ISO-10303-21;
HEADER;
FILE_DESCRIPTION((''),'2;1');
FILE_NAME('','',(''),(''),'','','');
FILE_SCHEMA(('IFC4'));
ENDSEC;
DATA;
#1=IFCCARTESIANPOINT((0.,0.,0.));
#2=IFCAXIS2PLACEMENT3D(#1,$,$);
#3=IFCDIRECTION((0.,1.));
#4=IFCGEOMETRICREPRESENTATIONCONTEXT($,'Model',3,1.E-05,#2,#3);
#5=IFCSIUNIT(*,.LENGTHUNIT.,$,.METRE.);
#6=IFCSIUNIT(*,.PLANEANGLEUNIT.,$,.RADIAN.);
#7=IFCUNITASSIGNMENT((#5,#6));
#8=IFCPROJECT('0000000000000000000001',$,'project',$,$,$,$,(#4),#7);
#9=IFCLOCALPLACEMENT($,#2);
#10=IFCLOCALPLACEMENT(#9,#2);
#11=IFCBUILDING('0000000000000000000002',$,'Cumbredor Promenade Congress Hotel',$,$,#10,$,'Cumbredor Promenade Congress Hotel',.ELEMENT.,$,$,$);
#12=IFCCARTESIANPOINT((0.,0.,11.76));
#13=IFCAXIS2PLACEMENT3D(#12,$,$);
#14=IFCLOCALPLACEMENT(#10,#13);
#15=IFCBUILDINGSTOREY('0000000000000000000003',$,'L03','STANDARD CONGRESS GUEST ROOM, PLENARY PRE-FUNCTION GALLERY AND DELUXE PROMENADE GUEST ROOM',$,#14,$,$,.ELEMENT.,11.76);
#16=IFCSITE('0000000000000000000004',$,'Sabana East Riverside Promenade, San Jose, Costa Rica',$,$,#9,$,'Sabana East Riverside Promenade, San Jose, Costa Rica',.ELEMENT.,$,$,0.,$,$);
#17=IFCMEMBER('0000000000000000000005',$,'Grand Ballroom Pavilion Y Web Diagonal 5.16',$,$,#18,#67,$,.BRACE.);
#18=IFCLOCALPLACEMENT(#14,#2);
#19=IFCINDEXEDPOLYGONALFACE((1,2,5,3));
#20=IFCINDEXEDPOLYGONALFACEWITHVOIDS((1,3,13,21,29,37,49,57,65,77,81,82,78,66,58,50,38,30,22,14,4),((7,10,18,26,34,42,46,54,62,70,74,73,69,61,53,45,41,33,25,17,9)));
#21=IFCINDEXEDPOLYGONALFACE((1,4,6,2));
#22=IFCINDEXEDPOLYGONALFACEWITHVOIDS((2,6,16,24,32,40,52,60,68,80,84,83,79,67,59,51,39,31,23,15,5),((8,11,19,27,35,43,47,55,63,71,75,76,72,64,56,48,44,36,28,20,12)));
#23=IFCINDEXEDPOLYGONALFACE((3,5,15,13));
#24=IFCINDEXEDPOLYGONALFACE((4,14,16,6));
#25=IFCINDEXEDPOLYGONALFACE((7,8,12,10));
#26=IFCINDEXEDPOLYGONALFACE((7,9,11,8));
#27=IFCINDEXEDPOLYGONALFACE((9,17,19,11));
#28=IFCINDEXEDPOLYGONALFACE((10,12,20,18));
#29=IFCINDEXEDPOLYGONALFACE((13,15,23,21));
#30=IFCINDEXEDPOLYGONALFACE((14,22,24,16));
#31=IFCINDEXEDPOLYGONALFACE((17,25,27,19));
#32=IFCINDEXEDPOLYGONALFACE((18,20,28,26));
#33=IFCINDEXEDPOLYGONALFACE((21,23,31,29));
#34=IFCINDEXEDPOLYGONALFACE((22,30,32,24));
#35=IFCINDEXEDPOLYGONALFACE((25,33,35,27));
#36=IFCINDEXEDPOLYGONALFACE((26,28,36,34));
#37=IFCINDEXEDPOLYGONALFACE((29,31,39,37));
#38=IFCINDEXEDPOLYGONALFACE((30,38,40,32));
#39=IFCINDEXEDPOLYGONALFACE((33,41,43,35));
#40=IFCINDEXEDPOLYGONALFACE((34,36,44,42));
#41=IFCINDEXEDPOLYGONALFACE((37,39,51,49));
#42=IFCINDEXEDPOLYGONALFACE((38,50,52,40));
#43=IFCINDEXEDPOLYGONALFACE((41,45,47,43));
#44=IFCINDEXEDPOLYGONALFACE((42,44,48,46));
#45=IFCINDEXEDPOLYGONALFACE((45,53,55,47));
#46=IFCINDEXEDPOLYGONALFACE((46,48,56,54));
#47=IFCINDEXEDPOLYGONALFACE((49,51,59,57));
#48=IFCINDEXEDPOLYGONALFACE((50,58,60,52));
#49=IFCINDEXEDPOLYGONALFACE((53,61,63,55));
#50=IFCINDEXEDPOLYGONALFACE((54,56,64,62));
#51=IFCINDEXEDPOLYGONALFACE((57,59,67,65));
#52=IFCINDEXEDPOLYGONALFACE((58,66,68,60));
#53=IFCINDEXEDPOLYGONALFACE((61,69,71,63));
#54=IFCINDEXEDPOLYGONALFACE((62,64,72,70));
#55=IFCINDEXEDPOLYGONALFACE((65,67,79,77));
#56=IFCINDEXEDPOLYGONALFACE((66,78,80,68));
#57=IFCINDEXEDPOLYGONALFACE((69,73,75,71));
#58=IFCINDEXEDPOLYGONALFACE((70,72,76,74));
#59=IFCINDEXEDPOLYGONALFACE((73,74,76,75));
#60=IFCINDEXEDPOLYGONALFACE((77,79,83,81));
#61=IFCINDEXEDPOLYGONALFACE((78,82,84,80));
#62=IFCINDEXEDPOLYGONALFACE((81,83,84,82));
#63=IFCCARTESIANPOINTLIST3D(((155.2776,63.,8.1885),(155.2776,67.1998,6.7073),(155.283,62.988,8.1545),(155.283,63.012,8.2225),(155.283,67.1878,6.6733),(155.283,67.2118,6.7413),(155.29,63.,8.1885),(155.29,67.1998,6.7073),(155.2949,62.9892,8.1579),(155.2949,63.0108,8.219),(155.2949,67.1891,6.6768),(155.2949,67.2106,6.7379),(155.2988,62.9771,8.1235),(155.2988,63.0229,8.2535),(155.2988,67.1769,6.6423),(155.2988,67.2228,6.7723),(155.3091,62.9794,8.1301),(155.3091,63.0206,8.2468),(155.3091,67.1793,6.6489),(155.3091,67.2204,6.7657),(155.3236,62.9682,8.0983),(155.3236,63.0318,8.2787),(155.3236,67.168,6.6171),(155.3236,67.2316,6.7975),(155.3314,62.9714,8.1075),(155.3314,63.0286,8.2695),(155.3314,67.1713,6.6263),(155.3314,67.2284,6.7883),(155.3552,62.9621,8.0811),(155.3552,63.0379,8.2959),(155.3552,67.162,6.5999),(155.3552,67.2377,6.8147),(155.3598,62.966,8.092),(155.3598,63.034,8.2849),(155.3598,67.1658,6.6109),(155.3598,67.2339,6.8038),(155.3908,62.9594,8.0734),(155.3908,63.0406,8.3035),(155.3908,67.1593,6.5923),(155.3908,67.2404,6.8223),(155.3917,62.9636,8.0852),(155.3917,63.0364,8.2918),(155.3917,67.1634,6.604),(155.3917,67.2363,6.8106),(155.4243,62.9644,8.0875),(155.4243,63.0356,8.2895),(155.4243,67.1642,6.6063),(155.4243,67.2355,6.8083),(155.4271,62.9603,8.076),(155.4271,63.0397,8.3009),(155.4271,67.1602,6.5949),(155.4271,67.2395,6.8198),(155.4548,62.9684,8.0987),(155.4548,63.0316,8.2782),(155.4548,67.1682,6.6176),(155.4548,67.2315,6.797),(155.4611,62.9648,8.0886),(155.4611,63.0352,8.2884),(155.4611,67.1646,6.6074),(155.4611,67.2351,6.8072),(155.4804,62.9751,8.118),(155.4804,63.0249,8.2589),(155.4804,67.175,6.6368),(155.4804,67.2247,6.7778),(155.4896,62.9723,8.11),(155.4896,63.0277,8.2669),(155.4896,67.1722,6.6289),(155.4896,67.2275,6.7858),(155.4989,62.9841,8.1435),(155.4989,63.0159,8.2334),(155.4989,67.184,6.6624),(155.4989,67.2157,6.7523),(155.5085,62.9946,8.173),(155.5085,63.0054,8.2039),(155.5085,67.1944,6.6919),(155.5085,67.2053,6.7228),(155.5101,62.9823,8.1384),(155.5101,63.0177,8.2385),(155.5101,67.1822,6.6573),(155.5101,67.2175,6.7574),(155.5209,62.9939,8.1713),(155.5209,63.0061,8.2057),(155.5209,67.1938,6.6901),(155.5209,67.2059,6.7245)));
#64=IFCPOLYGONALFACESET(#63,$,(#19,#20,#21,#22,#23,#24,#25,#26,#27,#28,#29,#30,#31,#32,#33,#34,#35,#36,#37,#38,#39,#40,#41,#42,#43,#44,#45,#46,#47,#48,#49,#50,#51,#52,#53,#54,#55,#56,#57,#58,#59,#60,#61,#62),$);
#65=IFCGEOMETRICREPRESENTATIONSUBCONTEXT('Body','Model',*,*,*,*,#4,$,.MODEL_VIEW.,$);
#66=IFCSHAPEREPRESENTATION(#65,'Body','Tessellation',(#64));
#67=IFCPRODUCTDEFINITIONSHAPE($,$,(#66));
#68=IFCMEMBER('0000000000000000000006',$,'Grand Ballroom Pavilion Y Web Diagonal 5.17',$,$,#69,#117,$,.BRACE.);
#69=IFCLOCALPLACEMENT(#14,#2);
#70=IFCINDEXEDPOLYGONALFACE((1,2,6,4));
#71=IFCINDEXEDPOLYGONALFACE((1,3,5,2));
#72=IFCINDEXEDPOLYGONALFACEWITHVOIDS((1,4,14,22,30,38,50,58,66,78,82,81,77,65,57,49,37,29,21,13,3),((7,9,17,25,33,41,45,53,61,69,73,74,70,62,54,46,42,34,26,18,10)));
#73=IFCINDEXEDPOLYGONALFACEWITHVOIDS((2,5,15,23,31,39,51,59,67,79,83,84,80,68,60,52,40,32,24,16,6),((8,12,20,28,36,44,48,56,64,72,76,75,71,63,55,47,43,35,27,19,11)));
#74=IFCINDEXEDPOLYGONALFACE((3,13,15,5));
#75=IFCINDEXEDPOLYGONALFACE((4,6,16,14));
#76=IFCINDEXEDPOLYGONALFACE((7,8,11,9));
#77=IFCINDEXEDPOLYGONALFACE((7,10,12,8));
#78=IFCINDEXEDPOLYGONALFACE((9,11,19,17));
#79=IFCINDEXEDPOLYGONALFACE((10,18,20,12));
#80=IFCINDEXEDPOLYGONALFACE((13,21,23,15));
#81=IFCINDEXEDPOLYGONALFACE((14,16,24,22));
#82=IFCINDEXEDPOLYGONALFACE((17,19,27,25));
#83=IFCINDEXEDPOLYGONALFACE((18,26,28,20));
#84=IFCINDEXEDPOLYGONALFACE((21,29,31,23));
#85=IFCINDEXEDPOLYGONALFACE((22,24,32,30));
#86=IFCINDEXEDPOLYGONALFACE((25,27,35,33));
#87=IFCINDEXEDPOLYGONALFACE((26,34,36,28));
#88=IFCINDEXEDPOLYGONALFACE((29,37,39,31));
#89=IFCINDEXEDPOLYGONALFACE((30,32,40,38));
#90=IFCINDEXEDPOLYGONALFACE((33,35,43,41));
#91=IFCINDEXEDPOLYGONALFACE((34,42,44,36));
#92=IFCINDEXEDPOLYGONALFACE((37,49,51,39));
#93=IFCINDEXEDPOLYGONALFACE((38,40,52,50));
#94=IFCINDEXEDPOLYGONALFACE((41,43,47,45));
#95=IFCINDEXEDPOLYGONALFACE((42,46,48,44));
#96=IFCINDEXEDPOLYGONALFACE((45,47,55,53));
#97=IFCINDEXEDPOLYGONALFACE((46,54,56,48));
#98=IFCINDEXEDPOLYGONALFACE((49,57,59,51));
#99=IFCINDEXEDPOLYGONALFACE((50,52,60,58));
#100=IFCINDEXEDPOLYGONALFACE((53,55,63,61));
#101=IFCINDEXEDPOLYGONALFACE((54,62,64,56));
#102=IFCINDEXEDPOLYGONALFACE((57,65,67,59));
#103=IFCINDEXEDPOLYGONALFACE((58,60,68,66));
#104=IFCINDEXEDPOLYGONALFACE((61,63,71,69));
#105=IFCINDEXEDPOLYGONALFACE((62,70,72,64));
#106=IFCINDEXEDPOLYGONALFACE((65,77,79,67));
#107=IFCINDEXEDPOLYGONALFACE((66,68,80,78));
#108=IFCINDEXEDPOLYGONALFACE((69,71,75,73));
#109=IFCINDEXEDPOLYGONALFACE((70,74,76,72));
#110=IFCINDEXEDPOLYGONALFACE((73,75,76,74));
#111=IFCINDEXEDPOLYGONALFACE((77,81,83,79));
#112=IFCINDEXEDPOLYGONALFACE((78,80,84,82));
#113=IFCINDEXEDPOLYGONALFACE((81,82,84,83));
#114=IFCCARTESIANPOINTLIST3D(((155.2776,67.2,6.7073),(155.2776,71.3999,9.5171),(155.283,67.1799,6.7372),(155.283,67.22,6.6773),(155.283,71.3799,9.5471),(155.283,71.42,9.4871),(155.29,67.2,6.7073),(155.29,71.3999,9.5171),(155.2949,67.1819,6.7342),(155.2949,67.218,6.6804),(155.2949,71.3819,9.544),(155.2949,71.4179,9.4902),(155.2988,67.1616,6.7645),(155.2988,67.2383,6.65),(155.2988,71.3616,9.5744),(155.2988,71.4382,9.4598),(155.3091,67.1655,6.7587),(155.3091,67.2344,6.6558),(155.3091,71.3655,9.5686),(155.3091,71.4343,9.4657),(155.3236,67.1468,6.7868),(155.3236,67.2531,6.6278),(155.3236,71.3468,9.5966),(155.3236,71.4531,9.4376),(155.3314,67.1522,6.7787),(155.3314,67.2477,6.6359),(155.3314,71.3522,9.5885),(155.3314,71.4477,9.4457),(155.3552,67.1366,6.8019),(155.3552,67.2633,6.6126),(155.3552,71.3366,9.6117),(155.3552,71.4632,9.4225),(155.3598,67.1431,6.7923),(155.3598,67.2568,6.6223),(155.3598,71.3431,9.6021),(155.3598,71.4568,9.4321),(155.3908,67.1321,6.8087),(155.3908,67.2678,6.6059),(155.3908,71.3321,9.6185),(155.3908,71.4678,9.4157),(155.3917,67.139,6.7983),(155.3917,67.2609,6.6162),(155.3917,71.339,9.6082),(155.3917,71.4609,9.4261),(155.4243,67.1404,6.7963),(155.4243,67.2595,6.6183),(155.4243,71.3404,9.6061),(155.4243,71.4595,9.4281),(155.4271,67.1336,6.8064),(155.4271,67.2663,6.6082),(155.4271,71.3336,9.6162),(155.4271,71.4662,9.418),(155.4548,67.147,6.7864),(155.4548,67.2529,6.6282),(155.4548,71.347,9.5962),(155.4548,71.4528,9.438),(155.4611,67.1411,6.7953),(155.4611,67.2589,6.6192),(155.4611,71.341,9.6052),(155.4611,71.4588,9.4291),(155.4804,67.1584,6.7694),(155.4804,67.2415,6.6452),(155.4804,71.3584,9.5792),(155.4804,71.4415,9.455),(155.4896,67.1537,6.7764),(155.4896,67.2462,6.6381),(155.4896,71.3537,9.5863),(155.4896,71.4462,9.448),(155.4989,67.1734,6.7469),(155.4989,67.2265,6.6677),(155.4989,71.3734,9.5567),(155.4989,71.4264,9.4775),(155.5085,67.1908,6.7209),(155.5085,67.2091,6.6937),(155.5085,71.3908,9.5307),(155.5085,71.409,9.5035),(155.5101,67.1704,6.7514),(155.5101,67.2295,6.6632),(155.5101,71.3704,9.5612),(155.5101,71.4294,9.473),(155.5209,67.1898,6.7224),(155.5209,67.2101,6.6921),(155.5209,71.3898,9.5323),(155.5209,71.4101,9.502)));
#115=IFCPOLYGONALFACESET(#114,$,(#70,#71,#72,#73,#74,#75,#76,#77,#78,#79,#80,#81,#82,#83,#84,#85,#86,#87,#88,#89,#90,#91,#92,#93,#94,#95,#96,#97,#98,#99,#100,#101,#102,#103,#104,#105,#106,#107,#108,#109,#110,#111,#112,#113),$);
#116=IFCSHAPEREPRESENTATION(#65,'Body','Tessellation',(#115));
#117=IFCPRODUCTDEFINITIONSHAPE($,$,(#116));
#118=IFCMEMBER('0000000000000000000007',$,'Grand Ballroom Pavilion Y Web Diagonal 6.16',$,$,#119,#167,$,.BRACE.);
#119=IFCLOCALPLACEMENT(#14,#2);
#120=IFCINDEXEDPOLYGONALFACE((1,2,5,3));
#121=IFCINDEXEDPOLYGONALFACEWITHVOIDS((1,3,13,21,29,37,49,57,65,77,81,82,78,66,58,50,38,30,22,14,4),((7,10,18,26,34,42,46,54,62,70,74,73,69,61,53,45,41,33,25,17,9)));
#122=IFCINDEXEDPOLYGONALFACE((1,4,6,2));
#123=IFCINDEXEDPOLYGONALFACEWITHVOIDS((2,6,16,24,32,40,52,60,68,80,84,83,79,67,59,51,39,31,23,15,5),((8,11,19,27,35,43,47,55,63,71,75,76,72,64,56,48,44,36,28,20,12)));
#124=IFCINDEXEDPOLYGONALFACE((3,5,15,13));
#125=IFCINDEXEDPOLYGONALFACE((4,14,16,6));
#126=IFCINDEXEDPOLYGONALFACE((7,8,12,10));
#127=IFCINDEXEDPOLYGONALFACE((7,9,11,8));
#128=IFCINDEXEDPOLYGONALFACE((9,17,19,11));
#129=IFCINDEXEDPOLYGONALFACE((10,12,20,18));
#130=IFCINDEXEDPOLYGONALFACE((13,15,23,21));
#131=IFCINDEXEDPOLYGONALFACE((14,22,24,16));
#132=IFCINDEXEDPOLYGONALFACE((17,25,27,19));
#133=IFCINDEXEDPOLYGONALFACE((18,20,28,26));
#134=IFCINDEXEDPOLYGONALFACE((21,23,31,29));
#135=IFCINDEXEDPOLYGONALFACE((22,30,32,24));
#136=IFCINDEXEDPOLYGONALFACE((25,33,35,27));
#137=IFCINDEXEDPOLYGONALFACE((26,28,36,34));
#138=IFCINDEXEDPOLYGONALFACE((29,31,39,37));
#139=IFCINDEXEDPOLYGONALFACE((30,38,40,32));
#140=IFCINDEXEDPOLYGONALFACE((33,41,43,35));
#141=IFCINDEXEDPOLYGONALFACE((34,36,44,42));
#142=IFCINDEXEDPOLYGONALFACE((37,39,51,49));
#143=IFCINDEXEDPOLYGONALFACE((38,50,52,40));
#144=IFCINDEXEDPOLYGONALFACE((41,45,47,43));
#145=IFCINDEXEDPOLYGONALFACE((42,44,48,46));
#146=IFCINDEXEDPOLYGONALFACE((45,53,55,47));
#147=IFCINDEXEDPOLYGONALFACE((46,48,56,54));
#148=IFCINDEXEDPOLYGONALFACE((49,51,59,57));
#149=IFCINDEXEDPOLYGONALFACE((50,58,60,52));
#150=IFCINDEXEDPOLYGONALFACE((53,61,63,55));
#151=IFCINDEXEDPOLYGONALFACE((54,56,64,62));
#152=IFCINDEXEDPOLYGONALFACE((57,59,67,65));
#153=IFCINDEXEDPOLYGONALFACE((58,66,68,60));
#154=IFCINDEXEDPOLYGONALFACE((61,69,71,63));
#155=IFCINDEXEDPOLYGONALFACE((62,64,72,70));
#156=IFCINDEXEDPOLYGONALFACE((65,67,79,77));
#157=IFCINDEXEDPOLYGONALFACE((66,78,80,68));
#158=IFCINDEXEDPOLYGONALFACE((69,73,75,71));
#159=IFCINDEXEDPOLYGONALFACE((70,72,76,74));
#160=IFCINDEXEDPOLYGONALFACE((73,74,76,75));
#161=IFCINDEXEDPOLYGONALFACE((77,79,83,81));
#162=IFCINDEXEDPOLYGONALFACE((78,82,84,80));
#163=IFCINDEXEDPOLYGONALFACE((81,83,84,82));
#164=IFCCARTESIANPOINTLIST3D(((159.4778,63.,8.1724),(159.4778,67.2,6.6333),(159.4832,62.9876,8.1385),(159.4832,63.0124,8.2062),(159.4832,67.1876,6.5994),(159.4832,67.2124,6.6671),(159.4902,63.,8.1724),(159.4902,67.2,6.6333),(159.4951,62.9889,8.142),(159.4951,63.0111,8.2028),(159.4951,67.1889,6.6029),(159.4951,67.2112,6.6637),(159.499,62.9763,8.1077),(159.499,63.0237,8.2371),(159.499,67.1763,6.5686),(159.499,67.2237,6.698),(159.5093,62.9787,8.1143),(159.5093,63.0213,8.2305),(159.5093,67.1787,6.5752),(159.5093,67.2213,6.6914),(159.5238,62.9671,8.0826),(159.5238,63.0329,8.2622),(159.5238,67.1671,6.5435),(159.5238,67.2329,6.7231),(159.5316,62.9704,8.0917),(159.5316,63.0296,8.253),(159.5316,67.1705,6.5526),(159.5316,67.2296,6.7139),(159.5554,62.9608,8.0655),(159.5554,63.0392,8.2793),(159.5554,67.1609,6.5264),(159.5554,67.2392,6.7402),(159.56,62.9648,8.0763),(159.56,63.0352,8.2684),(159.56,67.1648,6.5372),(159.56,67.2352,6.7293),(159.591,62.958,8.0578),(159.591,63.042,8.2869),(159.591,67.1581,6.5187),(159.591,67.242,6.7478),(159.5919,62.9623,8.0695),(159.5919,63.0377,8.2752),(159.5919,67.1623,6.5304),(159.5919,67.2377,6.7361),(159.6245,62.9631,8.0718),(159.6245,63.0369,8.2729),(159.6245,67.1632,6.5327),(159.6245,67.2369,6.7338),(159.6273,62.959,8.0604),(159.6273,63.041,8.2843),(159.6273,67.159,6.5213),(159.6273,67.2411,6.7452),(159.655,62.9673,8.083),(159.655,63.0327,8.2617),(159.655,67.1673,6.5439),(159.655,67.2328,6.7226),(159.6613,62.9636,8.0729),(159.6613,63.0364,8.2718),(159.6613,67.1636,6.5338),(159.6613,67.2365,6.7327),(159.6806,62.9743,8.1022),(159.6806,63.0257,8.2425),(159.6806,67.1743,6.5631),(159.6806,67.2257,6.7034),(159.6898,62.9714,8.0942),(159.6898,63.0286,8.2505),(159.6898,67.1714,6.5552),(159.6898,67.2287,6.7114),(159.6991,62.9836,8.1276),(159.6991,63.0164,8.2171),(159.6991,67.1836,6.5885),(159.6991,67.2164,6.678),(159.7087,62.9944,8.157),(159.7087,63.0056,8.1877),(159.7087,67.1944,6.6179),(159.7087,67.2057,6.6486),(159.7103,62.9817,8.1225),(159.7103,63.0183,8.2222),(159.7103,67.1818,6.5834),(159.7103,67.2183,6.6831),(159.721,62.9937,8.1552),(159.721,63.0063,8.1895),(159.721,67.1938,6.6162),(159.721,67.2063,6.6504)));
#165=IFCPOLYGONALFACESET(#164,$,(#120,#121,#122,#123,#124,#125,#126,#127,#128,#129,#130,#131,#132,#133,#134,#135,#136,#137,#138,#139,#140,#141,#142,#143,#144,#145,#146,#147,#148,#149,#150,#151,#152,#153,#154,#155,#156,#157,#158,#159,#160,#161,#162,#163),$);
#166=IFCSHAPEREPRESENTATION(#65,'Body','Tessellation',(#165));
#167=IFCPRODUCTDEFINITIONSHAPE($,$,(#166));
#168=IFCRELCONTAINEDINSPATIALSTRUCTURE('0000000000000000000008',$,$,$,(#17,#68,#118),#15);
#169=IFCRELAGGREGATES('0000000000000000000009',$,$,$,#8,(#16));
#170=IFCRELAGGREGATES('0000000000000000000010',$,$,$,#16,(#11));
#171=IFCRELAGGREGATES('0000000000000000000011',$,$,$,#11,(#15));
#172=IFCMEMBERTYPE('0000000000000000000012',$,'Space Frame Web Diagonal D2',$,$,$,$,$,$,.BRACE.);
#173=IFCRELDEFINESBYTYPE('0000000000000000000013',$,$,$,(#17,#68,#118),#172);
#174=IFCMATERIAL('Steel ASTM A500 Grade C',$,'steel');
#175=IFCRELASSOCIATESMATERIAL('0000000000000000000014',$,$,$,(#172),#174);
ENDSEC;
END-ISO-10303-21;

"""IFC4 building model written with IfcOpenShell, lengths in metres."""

from ifc_helpers import new_model, si_unit, direction, frame, origin, origin_2d, place, context, subcontext, project, spatial, hollow_circle, extrude, material, material_profile, profile_set, type_object, element, save


model = new_model("IFC4")

# Units and contexts
model_context = context("Model", 3, precision=1e-05, world=origin(), true_north=direction((0.0, 1.0)))
body_context = subcontext(model_context, "Body", "Model", "MODEL_VIEW")
ifc_project = project(units=[si_unit("LENGTHUNIT", "METRE"), si_unit("PLANEANGLEUNIT", "RADIAN")], contexts=[model_context])

# Site, building, storey
site_placement = place(None, origin())
site = spatial("IfcSite", under=ifc_project, at=site_placement, Name="Sabana East Riverside Promenade, San Jose, Costa Rica", LongName="Sabana East Riverside Promenade, San Jose, Costa Rica", CompositionType="ELEMENT", RefElevation=0.0)
building_placement = place(site_placement, origin())
building = spatial("IfcBuilding", under=site, at=building_placement, Name="Cumbredor Promenade Congress Hotel", LongName="Cumbredor Promenade Congress Hotel", CompositionType="ELEMENT")
storey_placement = place(building_placement, frame((0.0, 0.0, 11.76)))
storey = spatial("IfcBuildingStorey", under=building, at=storey_placement, Name="L03", Description="STANDARD CONGRESS GUEST ROOM, PLENARY PRE-FUNCTION GALLERY AND DELUXE PROMENADE GUEST ROOM", CompositionType="ELEMENT", Elevation=11.76)

# Shared definitions
ifc_material_1 = material(Name="Steel ASTM A500 Grade C", Category="steel")

# Members
ifc_material_profile_1 = material_profile(ifc_material_1, hollow_circle(Radius=0.1223, WallThickness=0.0125, at=origin_2d()), Name="CHS 244.5x12.5")
ifc_profile_set_1 = profile_set([ifc_material_profile_1], Name="Steel ASTM A500 Grade C")
member_type_1 = type_object("IfcMemberType", Name="Space Frame Web Diagonal D2", PredefinedType="BRACE", material=ifc_profile_set_1)
member_1_placement = place(storey_placement, frame((155.3999, 63.0, 8.1885), z_axis=(0.0, 0.94307, -0.332594), x_axis=(-1.0, 0.0, 0.0)))
element("IfcMember", 1, at=member_1_placement, inside=storey, type_object=member_type_1, Name="Grand Ballroom Pavilion Y Web Diagonal 5.16", PredefinedType="BRACE", context=body_context, shape_type="SweptSolid", body=[
    extrude(hollow_circle(Radius=0.1223, WallThickness=0.0125, at=origin_2d()), origin(), (0.0, 0.0, 1.0), 4.4534),
])
member_2_placement = place(storey_placement, frame((155.3999, 67.2, 6.7073), z_axis=(0.0, 0.83115, 0.556049), x_axis=(-1.0, 0.0, 0.0)))
element("IfcMember", 2, at=member_2_placement, inside=storey, type_object=member_type_1, Name="Grand Ballroom Pavilion Y Web Diagonal 5.17", PredefinedType="BRACE", context=body_context, shape_type="SweptSolid", body=[
    extrude(hollow_circle(Radius=0.1223, WallThickness=0.0125, at=origin_2d()), origin(), (0.0, 0.0, 1.0), 5.0532),
])
member_3_placement = place(storey_placement, frame((159.6001, 63.0, 8.1724), z_axis=(0.0, 0.938943, -0.344073), x_axis=(-1.0, 0.0, 0.0)))
element("IfcMember", 3, at=member_3_placement, inside=storey, type_object=member_type_1, Name="Grand Ballroom Pavilion Y Web Diagonal 6.16", PredefinedType="BRACE", context=body_context, shape_type="SweptSolid", body=[
    extrude(hollow_circle(Radius=0.1223, WallThickness=0.0125, at=origin_2d()), origin(), (0.0, 0.0, 1.0), 4.4731),
])

save(model, "model.ifc")
